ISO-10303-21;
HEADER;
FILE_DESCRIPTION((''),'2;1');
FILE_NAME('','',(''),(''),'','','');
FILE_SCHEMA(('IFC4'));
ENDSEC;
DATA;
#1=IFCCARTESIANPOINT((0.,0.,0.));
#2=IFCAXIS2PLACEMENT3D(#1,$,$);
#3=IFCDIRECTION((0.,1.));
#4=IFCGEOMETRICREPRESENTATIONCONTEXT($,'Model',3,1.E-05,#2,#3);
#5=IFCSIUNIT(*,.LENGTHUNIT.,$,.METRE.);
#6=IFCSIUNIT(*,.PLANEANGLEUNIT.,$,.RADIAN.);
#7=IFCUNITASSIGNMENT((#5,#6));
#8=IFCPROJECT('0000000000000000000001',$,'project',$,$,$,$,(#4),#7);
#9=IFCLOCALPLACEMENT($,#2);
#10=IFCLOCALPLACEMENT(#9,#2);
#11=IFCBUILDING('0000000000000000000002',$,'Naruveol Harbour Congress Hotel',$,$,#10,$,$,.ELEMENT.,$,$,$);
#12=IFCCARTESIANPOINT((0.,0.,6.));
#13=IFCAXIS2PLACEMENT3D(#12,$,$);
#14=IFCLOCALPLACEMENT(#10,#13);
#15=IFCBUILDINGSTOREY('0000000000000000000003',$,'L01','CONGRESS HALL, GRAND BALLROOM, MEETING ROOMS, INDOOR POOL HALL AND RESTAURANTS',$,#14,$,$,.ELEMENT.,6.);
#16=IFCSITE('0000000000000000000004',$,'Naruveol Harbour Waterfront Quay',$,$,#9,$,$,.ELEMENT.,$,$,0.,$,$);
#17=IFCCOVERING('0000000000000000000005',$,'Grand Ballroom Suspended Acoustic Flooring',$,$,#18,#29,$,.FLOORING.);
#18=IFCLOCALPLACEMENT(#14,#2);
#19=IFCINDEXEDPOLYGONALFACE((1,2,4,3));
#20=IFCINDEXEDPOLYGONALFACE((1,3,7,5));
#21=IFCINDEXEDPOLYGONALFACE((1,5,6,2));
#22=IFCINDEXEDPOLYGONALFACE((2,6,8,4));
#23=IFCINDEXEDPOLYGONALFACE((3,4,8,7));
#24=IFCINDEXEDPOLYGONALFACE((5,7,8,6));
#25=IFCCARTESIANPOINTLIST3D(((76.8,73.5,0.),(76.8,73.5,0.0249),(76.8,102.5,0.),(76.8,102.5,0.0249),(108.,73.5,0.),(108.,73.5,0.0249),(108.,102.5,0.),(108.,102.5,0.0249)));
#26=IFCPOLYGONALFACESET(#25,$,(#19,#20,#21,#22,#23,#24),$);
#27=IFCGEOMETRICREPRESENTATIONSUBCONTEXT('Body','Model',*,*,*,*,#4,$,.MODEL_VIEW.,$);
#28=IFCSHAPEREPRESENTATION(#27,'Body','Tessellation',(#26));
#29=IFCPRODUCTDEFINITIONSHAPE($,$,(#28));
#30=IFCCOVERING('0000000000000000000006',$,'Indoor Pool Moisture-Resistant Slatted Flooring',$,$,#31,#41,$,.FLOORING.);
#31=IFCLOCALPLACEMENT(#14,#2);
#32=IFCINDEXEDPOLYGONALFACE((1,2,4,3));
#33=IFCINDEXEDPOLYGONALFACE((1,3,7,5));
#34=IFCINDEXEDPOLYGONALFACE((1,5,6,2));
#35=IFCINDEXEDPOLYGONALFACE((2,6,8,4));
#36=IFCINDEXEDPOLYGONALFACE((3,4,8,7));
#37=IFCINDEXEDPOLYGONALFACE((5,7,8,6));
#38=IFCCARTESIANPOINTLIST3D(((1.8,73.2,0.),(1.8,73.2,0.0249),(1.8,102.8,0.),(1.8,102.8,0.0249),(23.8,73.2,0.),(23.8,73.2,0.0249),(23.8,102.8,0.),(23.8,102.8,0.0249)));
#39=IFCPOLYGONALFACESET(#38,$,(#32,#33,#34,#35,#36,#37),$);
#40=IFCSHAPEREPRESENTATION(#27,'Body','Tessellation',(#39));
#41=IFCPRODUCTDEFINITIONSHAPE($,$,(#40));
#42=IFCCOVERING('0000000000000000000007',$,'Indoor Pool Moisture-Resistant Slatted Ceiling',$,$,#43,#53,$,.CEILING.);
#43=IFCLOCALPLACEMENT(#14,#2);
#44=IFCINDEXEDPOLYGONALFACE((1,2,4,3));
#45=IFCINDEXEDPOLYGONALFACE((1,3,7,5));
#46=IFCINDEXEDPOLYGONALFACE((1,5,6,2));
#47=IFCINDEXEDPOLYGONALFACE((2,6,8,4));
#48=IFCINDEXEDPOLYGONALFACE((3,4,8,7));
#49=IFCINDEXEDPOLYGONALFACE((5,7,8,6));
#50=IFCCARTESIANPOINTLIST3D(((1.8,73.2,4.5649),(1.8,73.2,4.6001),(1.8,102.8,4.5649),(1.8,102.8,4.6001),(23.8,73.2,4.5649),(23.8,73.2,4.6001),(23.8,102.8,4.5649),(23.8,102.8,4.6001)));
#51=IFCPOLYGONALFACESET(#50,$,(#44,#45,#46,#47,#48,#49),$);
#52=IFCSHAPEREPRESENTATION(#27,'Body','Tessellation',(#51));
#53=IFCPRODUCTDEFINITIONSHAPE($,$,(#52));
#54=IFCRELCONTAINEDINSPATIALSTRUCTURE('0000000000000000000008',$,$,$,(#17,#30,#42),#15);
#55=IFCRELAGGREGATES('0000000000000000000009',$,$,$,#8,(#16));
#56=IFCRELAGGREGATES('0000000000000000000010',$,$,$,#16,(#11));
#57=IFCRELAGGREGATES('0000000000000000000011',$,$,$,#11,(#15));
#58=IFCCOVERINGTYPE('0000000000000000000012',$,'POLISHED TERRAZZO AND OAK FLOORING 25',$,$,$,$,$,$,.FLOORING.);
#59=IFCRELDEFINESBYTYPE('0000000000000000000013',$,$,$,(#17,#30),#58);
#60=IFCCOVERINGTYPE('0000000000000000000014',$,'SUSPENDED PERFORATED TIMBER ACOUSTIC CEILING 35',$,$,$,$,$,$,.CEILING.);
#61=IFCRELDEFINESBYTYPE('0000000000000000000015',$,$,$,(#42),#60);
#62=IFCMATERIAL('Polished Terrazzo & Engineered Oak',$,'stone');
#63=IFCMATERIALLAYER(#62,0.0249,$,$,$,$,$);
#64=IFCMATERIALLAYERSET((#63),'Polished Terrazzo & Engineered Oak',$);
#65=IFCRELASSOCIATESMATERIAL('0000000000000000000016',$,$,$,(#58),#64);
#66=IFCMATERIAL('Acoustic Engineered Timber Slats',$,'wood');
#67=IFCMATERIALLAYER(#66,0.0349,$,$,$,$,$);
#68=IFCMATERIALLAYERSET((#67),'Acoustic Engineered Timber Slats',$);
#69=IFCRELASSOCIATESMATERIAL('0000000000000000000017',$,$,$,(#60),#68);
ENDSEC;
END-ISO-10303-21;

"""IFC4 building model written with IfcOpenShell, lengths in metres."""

from ifc_helpers import new_model, si_unit, direction, frame, origin, place, context, subcontext, project, spatial, polyline, outline, extrude, material, layer, layer_set, type_object, element, save


model = new_model("IFC4")

# Units and contexts
model_context = context("Model", 3, precision=1e-05, world=origin(), true_north=direction((0.0, 1.0)))
body_context = subcontext(model_context, "Body", "Model", "MODEL_VIEW")
ifc_project = project(units=[si_unit("LENGTHUNIT", "METRE"), si_unit("PLANEANGLEUNIT", "RADIAN")], contexts=[model_context])

# Site, building, storey
site_placement = place(None, origin())
site = spatial("IfcSite", under=ifc_project, at=site_placement, Name="Naruveol Harbour Waterfront Quay", CompositionType="ELEMENT", RefElevation=0.0)
building_placement = place(site_placement, origin())
building = spatial("IfcBuilding", under=site, at=building_placement, Name="Naruveol Harbour Congress Hotel", CompositionType="ELEMENT")
storey_placement = place(building_placement, frame((0.0, 0.0, 6.0)))
storey = spatial("IfcBuildingStorey", under=building, at=storey_placement, Name="L01", Description="CONGRESS HALL, GRAND BALLROOM, MEETING ROOMS, INDOOR POOL HALL AND RESTAURANTS", CompositionType="ELEMENT", Elevation=6.0)

# Coverings
ifc_material_1 = material(Name="Polished Terrazzo & Engineered Oak", Category="stone")
ifc_layer_1 = layer(ifc_material_1, 0.0249)
ifc_layer_set_1 = layer_set([ifc_layer_1], Name="Polished Terrazzo & Engineered Oak")
covering_type_1 = type_object("IfcCoveringType", Name="POLISHED TERRAZZO AND OAK FLOORING 25", PredefinedType="FLOORING", material=ifc_layer_set_1)
covering_1_placement = place(storey_placement, origin())
element("IfcCovering", 1, at=covering_1_placement, inside=storey, type_object=covering_type_1, Name="Grand Ballroom Suspended Acoustic Flooring", PredefinedType="FLOORING", context=body_context, shape_type="SweptSolid", body=[
    extrude(outline(polyline([(76.8, 73.5), (108.0, 73.5), (108.0, 102.5), (76.8, 102.5), (76.8, 73.5)])), origin(), (0.0, 0.0, 1.0), 0.0249),
])
covering_2_placement = place(storey_placement, origin())
element("IfcCovering", 2, at=covering_2_placement, inside=storey, type_object=covering_type_1, Name="Indoor Pool Moisture-Resistant Slatted Flooring", PredefinedType="FLOORING", context=body_context, shape_type="SweptSolid", body=[
    extrude(outline(polyline([(1.8, 73.2), (23.8, 73.2), (23.8, 102.8), (1.8, 102.8), (1.8, 73.2)])), origin(), (0.0, 0.0, 1.0), 0.0249),
])
ifc_material_2 = material(Name="Acoustic Engineered Timber Slats", Category="wood")
ifc_layer_2 = layer(ifc_material_2, 0.0349)
ifc_layer_set_2 = layer_set([ifc_layer_2], Name="Acoustic Engineered Timber Slats")
covering_type_2 = type_object("IfcCoveringType", Name="SUSPENDED PERFORATED TIMBER ACOUSTIC CEILING 35", PredefinedType="CEILING", material=ifc_layer_set_2)
covering_3_placement = place(storey_placement, frame((0.0, 0.0, 4.5649)))
element("IfcCovering", 3, at=covering_3_placement, inside=storey, type_object=covering_type_2, Name="Indoor Pool Moisture-Resistant Slatted Ceiling", PredefinedType="CEILING", context=body_context, shape_type="SweptSolid", body=[
    extrude(outline(polyline([(1.8, 73.2), (23.8, 73.2), (23.8, 102.8), (1.8, 102.8), (1.8, 73.2)])), origin(), (0.0, 0.0, 1.0), 0.0352),
])

save(model, "model.ifc")
